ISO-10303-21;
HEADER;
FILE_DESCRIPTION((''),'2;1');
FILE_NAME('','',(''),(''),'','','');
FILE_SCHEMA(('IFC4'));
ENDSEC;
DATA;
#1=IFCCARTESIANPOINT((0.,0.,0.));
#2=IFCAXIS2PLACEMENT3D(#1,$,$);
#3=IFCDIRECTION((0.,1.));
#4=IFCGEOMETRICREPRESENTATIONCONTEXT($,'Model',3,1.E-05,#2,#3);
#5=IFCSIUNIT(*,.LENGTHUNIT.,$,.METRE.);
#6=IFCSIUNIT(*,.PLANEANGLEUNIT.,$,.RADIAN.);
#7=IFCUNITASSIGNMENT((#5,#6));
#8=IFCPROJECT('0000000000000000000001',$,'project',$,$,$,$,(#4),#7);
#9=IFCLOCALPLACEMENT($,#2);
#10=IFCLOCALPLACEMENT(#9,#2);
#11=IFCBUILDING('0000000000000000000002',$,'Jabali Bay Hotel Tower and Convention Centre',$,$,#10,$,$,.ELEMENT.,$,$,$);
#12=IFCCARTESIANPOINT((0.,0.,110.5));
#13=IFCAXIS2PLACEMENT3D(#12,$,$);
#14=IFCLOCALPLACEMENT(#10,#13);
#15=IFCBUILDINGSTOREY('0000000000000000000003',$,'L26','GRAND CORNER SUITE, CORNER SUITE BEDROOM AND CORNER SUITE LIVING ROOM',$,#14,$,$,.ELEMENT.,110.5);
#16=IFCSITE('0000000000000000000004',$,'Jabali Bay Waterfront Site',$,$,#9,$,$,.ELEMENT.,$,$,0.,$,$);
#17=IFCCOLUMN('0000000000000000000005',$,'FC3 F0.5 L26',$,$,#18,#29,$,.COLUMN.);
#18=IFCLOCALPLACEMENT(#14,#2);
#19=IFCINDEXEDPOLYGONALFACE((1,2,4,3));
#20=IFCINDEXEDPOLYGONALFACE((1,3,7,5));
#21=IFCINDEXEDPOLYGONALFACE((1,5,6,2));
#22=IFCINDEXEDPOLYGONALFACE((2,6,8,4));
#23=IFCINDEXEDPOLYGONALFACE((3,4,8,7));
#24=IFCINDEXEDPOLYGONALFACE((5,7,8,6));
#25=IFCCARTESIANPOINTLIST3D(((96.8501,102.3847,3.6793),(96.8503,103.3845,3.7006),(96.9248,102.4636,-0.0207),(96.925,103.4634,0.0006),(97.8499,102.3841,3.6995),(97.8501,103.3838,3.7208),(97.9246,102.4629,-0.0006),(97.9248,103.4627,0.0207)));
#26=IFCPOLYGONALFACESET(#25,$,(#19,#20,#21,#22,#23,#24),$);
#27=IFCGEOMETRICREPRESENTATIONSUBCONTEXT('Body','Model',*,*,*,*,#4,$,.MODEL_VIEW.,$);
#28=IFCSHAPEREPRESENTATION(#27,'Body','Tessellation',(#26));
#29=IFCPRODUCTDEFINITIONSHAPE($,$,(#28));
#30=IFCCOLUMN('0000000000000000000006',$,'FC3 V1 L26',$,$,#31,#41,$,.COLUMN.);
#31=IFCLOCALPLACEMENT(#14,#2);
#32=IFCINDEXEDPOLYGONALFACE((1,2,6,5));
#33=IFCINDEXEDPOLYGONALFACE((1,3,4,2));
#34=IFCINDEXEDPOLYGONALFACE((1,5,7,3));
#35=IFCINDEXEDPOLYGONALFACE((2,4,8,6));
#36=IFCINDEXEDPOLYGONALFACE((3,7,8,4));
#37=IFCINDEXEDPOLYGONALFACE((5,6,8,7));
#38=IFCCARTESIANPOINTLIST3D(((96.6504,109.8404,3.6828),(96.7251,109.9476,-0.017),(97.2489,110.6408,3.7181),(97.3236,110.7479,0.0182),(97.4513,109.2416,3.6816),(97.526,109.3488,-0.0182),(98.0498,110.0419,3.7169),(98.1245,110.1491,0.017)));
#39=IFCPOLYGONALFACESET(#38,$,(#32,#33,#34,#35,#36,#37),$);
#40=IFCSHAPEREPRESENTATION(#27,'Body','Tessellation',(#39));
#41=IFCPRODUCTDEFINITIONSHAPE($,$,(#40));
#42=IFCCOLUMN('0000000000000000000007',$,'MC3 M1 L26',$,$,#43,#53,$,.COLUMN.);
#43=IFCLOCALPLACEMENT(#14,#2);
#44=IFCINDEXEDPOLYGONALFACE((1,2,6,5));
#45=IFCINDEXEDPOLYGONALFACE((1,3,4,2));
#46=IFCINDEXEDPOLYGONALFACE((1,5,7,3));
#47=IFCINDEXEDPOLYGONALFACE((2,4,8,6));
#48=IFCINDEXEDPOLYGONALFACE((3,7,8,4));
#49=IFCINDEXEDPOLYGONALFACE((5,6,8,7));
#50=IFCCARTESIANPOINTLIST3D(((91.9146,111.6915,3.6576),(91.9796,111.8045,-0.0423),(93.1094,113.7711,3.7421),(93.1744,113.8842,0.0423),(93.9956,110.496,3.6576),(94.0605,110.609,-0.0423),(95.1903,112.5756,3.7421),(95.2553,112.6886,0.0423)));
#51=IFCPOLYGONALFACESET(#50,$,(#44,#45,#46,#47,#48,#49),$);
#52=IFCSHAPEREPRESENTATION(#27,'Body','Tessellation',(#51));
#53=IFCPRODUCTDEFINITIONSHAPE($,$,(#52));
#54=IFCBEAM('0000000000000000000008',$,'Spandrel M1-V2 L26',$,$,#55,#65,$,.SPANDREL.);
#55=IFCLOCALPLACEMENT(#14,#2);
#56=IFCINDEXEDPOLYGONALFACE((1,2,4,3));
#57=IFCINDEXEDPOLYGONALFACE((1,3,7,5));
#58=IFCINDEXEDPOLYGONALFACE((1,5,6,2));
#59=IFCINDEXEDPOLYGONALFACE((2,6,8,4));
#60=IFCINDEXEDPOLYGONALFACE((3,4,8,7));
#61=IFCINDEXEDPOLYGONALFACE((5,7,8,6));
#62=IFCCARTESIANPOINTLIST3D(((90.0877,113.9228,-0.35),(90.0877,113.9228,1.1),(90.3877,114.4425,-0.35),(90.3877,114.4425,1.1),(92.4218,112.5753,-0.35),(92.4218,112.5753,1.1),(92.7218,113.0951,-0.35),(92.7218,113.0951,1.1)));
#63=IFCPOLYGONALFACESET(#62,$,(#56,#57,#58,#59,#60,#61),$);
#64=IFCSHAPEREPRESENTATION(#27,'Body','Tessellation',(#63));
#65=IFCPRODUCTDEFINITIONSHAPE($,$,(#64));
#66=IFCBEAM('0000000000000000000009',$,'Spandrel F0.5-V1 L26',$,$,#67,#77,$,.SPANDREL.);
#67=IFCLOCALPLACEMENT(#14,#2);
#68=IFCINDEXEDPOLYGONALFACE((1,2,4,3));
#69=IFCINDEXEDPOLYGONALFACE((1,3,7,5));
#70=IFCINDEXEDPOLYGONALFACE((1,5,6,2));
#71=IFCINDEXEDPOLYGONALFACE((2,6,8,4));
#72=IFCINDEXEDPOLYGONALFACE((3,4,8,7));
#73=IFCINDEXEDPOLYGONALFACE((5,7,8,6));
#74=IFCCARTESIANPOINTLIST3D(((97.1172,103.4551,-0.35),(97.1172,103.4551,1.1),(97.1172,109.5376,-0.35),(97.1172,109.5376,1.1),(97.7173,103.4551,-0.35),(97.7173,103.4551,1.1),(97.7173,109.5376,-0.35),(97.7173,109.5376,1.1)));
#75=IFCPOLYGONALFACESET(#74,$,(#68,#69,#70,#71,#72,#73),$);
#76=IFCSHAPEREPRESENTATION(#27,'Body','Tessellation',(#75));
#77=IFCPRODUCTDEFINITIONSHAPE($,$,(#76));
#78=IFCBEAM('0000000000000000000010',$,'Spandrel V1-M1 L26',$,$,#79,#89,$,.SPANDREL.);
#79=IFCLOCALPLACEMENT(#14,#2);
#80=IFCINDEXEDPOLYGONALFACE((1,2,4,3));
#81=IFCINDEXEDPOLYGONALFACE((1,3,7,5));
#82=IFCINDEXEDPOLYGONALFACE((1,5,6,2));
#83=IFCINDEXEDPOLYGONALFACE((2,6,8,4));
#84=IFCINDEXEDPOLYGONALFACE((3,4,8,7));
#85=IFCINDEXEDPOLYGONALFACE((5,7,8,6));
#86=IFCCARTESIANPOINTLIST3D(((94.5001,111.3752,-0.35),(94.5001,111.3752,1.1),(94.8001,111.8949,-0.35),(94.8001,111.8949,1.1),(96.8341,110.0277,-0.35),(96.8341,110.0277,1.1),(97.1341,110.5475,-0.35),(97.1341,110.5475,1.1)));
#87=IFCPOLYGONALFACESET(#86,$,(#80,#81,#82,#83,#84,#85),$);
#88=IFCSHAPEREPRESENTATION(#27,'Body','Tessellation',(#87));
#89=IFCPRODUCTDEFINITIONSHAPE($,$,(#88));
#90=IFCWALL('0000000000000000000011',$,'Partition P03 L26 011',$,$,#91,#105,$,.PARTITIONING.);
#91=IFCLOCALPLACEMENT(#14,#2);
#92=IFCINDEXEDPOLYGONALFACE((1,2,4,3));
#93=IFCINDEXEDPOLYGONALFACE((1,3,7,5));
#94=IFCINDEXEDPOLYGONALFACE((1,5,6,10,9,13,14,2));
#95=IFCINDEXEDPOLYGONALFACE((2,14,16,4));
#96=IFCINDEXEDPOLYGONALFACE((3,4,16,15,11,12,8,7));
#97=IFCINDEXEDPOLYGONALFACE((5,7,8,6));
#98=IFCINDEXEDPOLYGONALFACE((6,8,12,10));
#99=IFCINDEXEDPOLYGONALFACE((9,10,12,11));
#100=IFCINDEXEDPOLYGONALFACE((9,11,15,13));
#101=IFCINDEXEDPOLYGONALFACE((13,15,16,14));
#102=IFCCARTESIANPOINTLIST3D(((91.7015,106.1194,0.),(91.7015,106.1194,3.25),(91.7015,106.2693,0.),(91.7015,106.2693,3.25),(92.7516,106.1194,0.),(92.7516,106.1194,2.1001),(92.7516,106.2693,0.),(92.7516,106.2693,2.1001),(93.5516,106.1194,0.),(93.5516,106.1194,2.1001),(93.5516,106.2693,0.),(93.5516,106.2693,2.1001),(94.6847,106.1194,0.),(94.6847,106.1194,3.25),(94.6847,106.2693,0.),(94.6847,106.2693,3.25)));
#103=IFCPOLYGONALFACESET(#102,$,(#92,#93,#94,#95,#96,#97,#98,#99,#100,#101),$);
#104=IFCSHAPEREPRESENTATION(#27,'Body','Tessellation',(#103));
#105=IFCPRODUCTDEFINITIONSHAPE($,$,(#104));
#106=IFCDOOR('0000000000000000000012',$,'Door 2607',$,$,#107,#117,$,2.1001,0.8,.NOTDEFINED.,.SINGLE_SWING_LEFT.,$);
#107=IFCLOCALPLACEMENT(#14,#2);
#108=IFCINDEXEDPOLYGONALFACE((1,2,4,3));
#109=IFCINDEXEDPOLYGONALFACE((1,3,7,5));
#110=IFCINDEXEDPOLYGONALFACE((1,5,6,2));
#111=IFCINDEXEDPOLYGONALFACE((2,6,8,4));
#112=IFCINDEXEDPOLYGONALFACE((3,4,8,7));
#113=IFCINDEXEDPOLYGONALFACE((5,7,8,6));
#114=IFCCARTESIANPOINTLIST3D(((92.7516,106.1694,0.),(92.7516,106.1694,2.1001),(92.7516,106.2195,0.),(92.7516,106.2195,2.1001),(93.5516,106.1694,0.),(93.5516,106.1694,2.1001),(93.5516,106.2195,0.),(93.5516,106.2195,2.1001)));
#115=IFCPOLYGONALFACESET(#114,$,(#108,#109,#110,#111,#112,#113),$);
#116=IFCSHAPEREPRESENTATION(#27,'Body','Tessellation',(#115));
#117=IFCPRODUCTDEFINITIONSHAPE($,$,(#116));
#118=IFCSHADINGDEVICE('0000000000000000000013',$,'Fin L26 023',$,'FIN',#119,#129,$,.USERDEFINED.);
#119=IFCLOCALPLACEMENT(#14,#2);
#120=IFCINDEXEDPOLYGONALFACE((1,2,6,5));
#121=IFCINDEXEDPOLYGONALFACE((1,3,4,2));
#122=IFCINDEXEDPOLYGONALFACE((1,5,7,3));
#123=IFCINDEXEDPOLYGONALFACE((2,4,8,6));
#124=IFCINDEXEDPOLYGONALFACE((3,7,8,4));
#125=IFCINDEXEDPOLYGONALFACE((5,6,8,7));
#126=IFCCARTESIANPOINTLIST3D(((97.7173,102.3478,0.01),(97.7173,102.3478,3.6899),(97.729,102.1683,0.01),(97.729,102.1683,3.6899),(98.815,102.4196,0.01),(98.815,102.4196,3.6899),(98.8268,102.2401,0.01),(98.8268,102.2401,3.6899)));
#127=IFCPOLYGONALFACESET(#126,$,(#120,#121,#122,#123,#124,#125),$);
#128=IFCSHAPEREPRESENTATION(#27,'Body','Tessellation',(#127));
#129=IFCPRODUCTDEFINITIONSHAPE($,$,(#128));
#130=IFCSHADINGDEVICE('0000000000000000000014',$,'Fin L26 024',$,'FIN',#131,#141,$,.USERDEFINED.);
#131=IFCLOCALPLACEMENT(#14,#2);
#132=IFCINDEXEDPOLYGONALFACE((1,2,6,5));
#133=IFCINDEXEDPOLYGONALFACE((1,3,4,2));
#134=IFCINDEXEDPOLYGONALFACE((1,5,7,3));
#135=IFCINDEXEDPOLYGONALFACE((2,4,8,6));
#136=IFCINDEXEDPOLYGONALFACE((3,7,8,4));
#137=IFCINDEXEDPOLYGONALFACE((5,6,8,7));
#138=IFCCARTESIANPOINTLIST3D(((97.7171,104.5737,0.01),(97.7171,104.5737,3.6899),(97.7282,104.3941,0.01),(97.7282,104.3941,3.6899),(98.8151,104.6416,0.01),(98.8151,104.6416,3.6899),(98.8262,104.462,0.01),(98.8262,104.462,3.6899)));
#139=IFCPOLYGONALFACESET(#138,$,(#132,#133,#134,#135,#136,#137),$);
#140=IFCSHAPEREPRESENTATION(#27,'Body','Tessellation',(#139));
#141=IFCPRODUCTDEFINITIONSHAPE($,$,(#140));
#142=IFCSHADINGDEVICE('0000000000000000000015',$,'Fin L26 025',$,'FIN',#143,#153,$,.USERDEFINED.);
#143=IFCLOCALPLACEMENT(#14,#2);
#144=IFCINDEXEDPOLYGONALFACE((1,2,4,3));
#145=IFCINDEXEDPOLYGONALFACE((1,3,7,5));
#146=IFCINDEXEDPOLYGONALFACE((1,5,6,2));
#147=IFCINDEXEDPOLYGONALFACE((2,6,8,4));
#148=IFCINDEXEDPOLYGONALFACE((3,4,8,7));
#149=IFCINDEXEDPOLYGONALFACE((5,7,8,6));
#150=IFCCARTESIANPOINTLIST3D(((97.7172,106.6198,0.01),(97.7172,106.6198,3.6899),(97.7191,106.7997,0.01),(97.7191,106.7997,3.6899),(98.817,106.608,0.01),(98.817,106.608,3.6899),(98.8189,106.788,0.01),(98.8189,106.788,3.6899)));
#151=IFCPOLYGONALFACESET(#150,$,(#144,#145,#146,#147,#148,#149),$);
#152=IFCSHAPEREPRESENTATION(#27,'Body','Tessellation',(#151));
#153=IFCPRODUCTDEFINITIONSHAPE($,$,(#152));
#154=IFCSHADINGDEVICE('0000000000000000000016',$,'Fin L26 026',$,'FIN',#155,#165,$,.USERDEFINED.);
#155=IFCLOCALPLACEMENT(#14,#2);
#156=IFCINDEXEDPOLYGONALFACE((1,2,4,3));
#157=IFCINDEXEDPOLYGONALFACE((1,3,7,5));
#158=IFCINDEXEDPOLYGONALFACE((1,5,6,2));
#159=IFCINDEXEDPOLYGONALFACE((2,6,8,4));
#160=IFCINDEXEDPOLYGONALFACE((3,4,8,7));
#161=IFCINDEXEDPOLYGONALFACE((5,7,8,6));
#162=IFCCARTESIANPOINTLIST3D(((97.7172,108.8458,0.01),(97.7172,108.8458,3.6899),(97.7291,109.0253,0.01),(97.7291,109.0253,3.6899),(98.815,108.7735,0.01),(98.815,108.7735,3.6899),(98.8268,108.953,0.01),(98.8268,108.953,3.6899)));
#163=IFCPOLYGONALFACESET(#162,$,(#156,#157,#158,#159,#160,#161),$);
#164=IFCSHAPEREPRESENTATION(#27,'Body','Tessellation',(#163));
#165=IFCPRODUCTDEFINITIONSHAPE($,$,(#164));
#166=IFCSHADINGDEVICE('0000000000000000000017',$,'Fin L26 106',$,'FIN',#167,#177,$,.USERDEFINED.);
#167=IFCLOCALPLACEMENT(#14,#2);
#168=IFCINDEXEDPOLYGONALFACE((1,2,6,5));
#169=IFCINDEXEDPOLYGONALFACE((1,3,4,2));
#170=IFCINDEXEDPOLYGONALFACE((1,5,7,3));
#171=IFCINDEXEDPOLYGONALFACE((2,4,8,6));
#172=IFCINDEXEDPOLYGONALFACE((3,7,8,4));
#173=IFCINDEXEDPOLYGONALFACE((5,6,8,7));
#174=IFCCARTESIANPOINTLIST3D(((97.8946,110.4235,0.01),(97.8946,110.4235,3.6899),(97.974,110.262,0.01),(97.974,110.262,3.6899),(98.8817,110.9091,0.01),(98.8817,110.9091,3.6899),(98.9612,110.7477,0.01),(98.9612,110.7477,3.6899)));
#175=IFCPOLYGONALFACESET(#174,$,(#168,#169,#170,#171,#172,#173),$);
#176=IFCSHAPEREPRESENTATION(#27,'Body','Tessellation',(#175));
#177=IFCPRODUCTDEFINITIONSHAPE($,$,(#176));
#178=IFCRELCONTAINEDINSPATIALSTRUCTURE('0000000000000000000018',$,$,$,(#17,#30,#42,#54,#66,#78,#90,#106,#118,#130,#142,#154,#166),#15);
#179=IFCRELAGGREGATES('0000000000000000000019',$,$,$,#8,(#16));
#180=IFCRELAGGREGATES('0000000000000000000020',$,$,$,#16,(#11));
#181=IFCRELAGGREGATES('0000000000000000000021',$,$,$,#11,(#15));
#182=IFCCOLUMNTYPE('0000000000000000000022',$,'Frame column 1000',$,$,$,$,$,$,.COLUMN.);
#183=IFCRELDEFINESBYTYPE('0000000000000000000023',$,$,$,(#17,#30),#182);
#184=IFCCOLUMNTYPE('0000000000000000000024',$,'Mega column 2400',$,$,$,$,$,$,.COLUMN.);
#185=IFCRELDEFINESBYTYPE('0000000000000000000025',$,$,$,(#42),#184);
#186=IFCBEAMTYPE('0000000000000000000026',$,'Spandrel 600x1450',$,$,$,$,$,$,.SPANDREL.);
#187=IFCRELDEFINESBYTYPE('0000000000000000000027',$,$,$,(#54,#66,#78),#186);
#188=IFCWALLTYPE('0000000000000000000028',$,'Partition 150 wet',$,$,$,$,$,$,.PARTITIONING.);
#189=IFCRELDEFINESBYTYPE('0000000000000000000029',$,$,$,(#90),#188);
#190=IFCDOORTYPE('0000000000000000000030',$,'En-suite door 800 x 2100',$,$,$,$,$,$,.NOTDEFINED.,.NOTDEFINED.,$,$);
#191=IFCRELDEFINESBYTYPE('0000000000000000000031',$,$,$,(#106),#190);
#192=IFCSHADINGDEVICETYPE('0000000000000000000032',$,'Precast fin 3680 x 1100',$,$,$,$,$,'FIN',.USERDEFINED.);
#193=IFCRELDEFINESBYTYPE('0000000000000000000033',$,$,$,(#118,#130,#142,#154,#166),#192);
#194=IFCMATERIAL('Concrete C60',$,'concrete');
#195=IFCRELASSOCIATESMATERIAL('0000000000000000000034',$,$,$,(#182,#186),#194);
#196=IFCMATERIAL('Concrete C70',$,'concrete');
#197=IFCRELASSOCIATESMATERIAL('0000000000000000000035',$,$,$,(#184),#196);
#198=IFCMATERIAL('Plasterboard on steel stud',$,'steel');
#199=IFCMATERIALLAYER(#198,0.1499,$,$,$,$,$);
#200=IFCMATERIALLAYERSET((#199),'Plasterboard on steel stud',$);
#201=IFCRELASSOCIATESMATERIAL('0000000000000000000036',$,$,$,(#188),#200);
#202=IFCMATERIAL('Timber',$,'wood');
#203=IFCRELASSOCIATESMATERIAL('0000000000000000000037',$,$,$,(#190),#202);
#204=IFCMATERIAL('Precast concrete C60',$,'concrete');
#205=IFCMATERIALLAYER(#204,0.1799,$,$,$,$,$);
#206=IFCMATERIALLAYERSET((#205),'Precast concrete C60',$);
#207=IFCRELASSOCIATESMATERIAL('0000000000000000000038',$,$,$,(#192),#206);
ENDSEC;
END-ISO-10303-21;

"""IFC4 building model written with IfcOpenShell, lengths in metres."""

from ifc_helpers import new_model, si_unit, direction, frame, frame_2d, origin, origin_2d, place, context, subcontext, project, spatial, rectangle, extrude, material, layer, layer_set, material_profile, profile_set, type_object, element, fill, save


model = new_model("IFC4")

# Units and contexts
model_context = context("Model", 3, precision=1e-05, world=origin(), true_north=direction((0.0, 1.0)))
body_context = subcontext(model_context, "Body", "Model", "MODEL_VIEW")
ifc_project = project(units=[si_unit("LENGTHUNIT", "METRE"), si_unit("PLANEANGLEUNIT", "RADIAN")], contexts=[model_context])

# Site, building, storey
site_placement = place(None, origin())
site = spatial("IfcSite", under=ifc_project, at=site_placement, Name="Jabali Bay Waterfront Site", CompositionType="ELEMENT", RefElevation=0.0)
building_placement = place(site_placement, origin())
building = spatial("IfcBuilding", under=site, at=building_placement, Name="Jabali Bay Hotel Tower and Convention Centre", CompositionType="ELEMENT")
storey_placement = place(building_placement, frame((0.0, 0.0, 110.5)))
storey = spatial("IfcBuildingStorey", under=building, at=storey_placement, Name="L26", Description="GRAND CORNER SUITE, CORNER SUITE BEDROOM AND CORNER SUITE LIVING ROOM", CompositionType="ELEMENT", Elevation=110.5)

# Columns
ifc_material_1 = material(Name="Concrete C60", Category="concrete")
ifc_material_profile_1 = material_profile(ifc_material_1, rectangle(XDim=1.0, YDim=1.0, at=origin_2d()), Name="Frame column 1000")
ifc_profile_set_1 = profile_set([ifc_material_profile_1], Name="Concrete C60")
column_type_1 = type_object("IfcColumnType", Name="Frame column 1000", PredefinedType="COLUMN", material=ifc_profile_set_1)
column_1_placement = place(storey_placement, frame((97.4248, 102.9631, 0.0), z_axis=(-0.020183, -0.021304, 0.999569), x_axis=(0.999796, -0.000658, 0.020173)))
element("IfcColumn", 1, at=column_1_placement, inside=storey, type_object=column_type_1, Name="FC3 F0.5 L26", PredefinedType="COLUMN", context=body_context, shape_type="SweptSolid", body=[
    extrude(rectangle(XDim=1.0, YDim=1.0, at=origin_2d()), origin(), (0.0, 0.0, 1.0), 3.7017),
])
column_2_placement = place(storey_placement, frame((97.4248, 110.0483, 0.0), z_axis=(-0.020179, -0.028949, 0.999377), x_axis=(0.598466, 0.800371, 0.035268)))
element("IfcColumn", 2, at=column_2_placement, inside=storey, type_object=column_type_1, Name="FC3 V1 L26", PredefinedType="COLUMN", context=body_context, shape_type="SweptSolid", body=[
    extrude(rectangle(XDim=1.0, YDim=1.0, at=origin_2d()), origin(), (0.0, 0.0, 1.0), 3.7021),
])
ifc_material_2 = material(Name="Concrete C70", Category="concrete")
ifc_material_profile_2 = material_profile(ifc_material_2, rectangle(XDim=2.3999, YDim=2.3999, at=origin_2d()), Name="Mega column 2400")
ifc_profile_set_2 = profile_set([ifc_material_profile_2], Name="Concrete C70")
column_type_2 = type_object("IfcColumnType", Name="Mega column 2400", PredefinedType="COLUMN", material=ifc_profile_set_2)
column_3_placement = place(storey_placement, frame((93.6174, 112.2466, 0.0), z_axis=(-0.017541, -0.030532, 0.99938), x_axis=(0.867088, -0.498154, 0.0)))
element("IfcColumn", 3, at=column_3_placement, inside=storey, type_object=column_type_2, Name="MC3 M1 L26", PredefinedType="COLUMN", context=body_context, shape_type="SweptSolid", body=[
    extrude(rectangle(XDim=2.3999, YDim=2.3999, at=origin_2d()), origin(), (0.0, 0.0, 1.0), 3.7021),
])

# Beams
ifc_material_profile_3 = material_profile(ifc_material_1, rectangle(XDim=0.6001, YDim=1.45, at=origin_2d()), Name="Spandrel 600x1450")
ifc_profile_set_3 = profile_set([ifc_material_profile_3], Name="Concrete C60")
beam_type = type_object("IfcBeamType", Name="Spandrel 600x1450", PredefinedType="SPANDREL", material=ifc_profile_set_3)
beam_1_placement = place(storey_placement, frame((92.5718, 112.8352, 0.375), z_axis=(-0.866044, 0.499968, 0.0), x_axis=(-0.499968, -0.866044, 0.0)))
element("IfcBeam", 4, at=beam_1_placement, inside=storey, type_object=beam_type, Name="Spandrel M1-V2 L26", PredefinedType="SPANDREL", context=body_context, shape_type="SweptSolid", body=[
    extrude(rectangle(XDim=0.6001, YDim=1.45, at=origin_2d()), origin(), (0.0, 0.0, 1.0), 2.6951),
])
beam_2_placement = place(storey_placement, frame((97.4172, 103.4551, 0.375), z_axis=(0.0, 1.0, 0.0), x_axis=(-1.0, 0.0, 0.0)))
element("IfcBeam", 5, at=beam_2_placement, inside=storey, type_object=beam_type, Name="Spandrel F0.5-V1 L26", PredefinedType="SPANDREL", context=body_context, shape_type="SweptSolid", body=[
    extrude(rectangle(XDim=0.6001, YDim=1.45, at=origin_2d()), origin(), (0.0, 0.0, 1.0), 6.0825),
])
beam_3_placement = place(storey_placement, frame((96.9841, 110.2876, 0.375), z_axis=(-0.866044, 0.499968, 0.0), x_axis=(-0.499968, -0.866044, 0.0)))
element("IfcBeam", 6, at=beam_3_placement, inside=storey, type_object=beam_type, Name="Spandrel V1-M1 L26", PredefinedType="SPANDREL", context=body_context, shape_type="SweptSolid", body=[
    extrude(rectangle(XDim=0.6001, YDim=1.45, at=origin_2d()), origin(), (0.0, 0.0, 1.0), 2.6951),
])

# Wall, opening, door
ifc_material_3 = material(Name="Plasterboard on steel stud", Category="steel")
ifc_layer_1 = layer(ifc_material_3, 0.1499)
ifc_layer_set_1 = layer_set([ifc_layer_1], Name="Plasterboard on steel stud")
wall_type_1 = type_object("IfcWallType", Name="Partition 150 wet", PredefinedType="PARTITIONING", material=ifc_layer_set_1)
wall_1_placement = place(storey_placement, frame((94.6848, 106.1943, 0.0), z_axis=(0.0, 0.0, 1.0), x_axis=(-1.0, 0.0, 0.0)))
wall_1 = element("IfcWall", 7, at=wall_1_placement, inside=storey, type_object=wall_type_1, Name="Partition P03 L26 011", PredefinedType="PARTITIONING", context=body_context, shape_type="SweptSolid", body=[
    extrude(rectangle(XDim=2.9832, YDim=0.1499, at=frame_2d((1.4917, 0.0))), origin(), (0.0, 0.0, 1.0), 3.25),
])
opening_1_placement = place(wall_1_placement, frame((1.1333, 0.0, 0.0)))
opening_1 = element("IfcOpeningElement", 8, at=opening_1_placement, cuts=wall_1, PredefinedType="OPENING", context=body_context, shape_type="SweptSolid", body=[
    extrude(rectangle(XDim=0.8, YDim=2.1001, at=frame_2d((0.3999, 1.05))), frame((0.0, 0.0854, 0.0), z_axis=(0.0, -1.0, 0.0), x_axis=(1.0, 0.0, 0.0)), (0.0, 0.0, 1.0), 0.1709),
])
ifc_material_4 = material(Name="Timber", Category="wood")
door_type_1 = type_object("IfcDoorType", Name="En-suite door 800 x 2100", OperationType="NOTDEFINED", PredefinedType="NOTDEFINED", material=ifc_material_4)
door_1_placement = place(opening_1_placement, origin())
door_1 = element("IfcDoor", 9, at=door_1_placement, inside=storey, type_object=door_type_1, Name="Door 2607", OperationType="SINGLE_SWING_LEFT", OverallHeight=2.1001, OverallWidth=0.8, PredefinedType="NOTDEFINED", context=body_context, shape_type="SweptSolid", body=[
    extrude(rectangle(XDim=0.8, YDim=2.1001, at=frame_2d((0.3999, 1.05))), frame((0.0, 0.0249, 0.0), z_axis=(0.0, -1.0, 0.0), x_axis=(1.0, 0.0, 0.0)), (0.0, 0.0, 1.0), 0.05),
])
fill(opening_1, door_1)

# Shading devices
ifc_material_5 = material(Name="Precast concrete C60", Category="concrete")
ifc_layer_2 = layer(ifc_material_5, 0.1799)
ifc_layer_set_2 = layer_set([ifc_layer_2], Name="Precast concrete C60")
shading_device_type_1 = type_object("IfcShadingDeviceType", Name="Precast fin 3680 x 1100", ElementType="FIN", PredefinedType="USERDEFINED", material=ifc_layer_set_2)
for number, where, z_axis, x_axis, name in (
    (10, (97.7231, 102.2581, 0.01), (0.0, 0.0, 1.0), (0.997869, 0.065252, 0.0), "Fin L26 023"),
    (11, (97.7227, 104.4839, 0.01), (0.0, 0.0, 1.0), (0.998095, 0.061701, 0.0), "Fin L26 024"),
):
    element("IfcShadingDevice", number, at=place(storey_placement, frame(where, z_axis=z_axis, x_axis=x_axis)), inside=storey, type_object=shading_device_type_1, Name=name, ObjectType="FIN", PredefinedType="USERDEFINED", context=body_context, shape_type="SweptSolid", body=[
        extrude(rectangle(XDim=1.1001, YDim=0.1799, at=frame_2d((0.55, 0.0))), origin(), (0.0, 0.0, 1.0), 3.6799),
    ])
shading_device_1_placement = place(storey_placement, frame((97.7183, 106.7097, 0.01), z_axis=(0.0, 0.0, 1.0), x_axis=(0.999943, -0.010654, 0.0)))
element("IfcShadingDevice", 12, at=shading_device_1_placement, inside=storey, type_object=shading_device_type_1, Name="Fin L26 025", ObjectType="FIN", PredefinedType="USERDEFINED", context=body_context, shape_type="SweptSolid", body=[
    extrude(rectangle(XDim=1.0999, YDim=0.1799, at=frame_2d((0.5498, 0.0))), origin(), (0.0, 0.0, 1.0), 3.6799),
])
for number, where, z_axis, x_axis, name in (
    (13, (97.7231, 108.9355, 0.01), (0.0, 0.0, 1.0), (0.99784, -0.065694, 0.0), "Fin L26 026"),
    (14, (97.9343, 110.3428, 0.01), (0.0, 0.0, 1.0), (0.897294, 0.441434, 0.0), "Fin L26 106"),
):
    element("IfcShadingDevice", number, at=place(storey_placement, frame(where, z_axis=z_axis, x_axis=x_axis)), inside=storey, type_object=shading_device_type_1, Name=name, ObjectType="FIN", PredefinedType="USERDEFINED", context=body_context, shape_type="SweptSolid", body=[
        extrude(rectangle(XDim=1.1001, YDim=0.1799, at=frame_2d((0.55, 0.0))), origin(), (0.0, 0.0, 1.0), 3.6799),
    ])

save(model, "model.ifc")
